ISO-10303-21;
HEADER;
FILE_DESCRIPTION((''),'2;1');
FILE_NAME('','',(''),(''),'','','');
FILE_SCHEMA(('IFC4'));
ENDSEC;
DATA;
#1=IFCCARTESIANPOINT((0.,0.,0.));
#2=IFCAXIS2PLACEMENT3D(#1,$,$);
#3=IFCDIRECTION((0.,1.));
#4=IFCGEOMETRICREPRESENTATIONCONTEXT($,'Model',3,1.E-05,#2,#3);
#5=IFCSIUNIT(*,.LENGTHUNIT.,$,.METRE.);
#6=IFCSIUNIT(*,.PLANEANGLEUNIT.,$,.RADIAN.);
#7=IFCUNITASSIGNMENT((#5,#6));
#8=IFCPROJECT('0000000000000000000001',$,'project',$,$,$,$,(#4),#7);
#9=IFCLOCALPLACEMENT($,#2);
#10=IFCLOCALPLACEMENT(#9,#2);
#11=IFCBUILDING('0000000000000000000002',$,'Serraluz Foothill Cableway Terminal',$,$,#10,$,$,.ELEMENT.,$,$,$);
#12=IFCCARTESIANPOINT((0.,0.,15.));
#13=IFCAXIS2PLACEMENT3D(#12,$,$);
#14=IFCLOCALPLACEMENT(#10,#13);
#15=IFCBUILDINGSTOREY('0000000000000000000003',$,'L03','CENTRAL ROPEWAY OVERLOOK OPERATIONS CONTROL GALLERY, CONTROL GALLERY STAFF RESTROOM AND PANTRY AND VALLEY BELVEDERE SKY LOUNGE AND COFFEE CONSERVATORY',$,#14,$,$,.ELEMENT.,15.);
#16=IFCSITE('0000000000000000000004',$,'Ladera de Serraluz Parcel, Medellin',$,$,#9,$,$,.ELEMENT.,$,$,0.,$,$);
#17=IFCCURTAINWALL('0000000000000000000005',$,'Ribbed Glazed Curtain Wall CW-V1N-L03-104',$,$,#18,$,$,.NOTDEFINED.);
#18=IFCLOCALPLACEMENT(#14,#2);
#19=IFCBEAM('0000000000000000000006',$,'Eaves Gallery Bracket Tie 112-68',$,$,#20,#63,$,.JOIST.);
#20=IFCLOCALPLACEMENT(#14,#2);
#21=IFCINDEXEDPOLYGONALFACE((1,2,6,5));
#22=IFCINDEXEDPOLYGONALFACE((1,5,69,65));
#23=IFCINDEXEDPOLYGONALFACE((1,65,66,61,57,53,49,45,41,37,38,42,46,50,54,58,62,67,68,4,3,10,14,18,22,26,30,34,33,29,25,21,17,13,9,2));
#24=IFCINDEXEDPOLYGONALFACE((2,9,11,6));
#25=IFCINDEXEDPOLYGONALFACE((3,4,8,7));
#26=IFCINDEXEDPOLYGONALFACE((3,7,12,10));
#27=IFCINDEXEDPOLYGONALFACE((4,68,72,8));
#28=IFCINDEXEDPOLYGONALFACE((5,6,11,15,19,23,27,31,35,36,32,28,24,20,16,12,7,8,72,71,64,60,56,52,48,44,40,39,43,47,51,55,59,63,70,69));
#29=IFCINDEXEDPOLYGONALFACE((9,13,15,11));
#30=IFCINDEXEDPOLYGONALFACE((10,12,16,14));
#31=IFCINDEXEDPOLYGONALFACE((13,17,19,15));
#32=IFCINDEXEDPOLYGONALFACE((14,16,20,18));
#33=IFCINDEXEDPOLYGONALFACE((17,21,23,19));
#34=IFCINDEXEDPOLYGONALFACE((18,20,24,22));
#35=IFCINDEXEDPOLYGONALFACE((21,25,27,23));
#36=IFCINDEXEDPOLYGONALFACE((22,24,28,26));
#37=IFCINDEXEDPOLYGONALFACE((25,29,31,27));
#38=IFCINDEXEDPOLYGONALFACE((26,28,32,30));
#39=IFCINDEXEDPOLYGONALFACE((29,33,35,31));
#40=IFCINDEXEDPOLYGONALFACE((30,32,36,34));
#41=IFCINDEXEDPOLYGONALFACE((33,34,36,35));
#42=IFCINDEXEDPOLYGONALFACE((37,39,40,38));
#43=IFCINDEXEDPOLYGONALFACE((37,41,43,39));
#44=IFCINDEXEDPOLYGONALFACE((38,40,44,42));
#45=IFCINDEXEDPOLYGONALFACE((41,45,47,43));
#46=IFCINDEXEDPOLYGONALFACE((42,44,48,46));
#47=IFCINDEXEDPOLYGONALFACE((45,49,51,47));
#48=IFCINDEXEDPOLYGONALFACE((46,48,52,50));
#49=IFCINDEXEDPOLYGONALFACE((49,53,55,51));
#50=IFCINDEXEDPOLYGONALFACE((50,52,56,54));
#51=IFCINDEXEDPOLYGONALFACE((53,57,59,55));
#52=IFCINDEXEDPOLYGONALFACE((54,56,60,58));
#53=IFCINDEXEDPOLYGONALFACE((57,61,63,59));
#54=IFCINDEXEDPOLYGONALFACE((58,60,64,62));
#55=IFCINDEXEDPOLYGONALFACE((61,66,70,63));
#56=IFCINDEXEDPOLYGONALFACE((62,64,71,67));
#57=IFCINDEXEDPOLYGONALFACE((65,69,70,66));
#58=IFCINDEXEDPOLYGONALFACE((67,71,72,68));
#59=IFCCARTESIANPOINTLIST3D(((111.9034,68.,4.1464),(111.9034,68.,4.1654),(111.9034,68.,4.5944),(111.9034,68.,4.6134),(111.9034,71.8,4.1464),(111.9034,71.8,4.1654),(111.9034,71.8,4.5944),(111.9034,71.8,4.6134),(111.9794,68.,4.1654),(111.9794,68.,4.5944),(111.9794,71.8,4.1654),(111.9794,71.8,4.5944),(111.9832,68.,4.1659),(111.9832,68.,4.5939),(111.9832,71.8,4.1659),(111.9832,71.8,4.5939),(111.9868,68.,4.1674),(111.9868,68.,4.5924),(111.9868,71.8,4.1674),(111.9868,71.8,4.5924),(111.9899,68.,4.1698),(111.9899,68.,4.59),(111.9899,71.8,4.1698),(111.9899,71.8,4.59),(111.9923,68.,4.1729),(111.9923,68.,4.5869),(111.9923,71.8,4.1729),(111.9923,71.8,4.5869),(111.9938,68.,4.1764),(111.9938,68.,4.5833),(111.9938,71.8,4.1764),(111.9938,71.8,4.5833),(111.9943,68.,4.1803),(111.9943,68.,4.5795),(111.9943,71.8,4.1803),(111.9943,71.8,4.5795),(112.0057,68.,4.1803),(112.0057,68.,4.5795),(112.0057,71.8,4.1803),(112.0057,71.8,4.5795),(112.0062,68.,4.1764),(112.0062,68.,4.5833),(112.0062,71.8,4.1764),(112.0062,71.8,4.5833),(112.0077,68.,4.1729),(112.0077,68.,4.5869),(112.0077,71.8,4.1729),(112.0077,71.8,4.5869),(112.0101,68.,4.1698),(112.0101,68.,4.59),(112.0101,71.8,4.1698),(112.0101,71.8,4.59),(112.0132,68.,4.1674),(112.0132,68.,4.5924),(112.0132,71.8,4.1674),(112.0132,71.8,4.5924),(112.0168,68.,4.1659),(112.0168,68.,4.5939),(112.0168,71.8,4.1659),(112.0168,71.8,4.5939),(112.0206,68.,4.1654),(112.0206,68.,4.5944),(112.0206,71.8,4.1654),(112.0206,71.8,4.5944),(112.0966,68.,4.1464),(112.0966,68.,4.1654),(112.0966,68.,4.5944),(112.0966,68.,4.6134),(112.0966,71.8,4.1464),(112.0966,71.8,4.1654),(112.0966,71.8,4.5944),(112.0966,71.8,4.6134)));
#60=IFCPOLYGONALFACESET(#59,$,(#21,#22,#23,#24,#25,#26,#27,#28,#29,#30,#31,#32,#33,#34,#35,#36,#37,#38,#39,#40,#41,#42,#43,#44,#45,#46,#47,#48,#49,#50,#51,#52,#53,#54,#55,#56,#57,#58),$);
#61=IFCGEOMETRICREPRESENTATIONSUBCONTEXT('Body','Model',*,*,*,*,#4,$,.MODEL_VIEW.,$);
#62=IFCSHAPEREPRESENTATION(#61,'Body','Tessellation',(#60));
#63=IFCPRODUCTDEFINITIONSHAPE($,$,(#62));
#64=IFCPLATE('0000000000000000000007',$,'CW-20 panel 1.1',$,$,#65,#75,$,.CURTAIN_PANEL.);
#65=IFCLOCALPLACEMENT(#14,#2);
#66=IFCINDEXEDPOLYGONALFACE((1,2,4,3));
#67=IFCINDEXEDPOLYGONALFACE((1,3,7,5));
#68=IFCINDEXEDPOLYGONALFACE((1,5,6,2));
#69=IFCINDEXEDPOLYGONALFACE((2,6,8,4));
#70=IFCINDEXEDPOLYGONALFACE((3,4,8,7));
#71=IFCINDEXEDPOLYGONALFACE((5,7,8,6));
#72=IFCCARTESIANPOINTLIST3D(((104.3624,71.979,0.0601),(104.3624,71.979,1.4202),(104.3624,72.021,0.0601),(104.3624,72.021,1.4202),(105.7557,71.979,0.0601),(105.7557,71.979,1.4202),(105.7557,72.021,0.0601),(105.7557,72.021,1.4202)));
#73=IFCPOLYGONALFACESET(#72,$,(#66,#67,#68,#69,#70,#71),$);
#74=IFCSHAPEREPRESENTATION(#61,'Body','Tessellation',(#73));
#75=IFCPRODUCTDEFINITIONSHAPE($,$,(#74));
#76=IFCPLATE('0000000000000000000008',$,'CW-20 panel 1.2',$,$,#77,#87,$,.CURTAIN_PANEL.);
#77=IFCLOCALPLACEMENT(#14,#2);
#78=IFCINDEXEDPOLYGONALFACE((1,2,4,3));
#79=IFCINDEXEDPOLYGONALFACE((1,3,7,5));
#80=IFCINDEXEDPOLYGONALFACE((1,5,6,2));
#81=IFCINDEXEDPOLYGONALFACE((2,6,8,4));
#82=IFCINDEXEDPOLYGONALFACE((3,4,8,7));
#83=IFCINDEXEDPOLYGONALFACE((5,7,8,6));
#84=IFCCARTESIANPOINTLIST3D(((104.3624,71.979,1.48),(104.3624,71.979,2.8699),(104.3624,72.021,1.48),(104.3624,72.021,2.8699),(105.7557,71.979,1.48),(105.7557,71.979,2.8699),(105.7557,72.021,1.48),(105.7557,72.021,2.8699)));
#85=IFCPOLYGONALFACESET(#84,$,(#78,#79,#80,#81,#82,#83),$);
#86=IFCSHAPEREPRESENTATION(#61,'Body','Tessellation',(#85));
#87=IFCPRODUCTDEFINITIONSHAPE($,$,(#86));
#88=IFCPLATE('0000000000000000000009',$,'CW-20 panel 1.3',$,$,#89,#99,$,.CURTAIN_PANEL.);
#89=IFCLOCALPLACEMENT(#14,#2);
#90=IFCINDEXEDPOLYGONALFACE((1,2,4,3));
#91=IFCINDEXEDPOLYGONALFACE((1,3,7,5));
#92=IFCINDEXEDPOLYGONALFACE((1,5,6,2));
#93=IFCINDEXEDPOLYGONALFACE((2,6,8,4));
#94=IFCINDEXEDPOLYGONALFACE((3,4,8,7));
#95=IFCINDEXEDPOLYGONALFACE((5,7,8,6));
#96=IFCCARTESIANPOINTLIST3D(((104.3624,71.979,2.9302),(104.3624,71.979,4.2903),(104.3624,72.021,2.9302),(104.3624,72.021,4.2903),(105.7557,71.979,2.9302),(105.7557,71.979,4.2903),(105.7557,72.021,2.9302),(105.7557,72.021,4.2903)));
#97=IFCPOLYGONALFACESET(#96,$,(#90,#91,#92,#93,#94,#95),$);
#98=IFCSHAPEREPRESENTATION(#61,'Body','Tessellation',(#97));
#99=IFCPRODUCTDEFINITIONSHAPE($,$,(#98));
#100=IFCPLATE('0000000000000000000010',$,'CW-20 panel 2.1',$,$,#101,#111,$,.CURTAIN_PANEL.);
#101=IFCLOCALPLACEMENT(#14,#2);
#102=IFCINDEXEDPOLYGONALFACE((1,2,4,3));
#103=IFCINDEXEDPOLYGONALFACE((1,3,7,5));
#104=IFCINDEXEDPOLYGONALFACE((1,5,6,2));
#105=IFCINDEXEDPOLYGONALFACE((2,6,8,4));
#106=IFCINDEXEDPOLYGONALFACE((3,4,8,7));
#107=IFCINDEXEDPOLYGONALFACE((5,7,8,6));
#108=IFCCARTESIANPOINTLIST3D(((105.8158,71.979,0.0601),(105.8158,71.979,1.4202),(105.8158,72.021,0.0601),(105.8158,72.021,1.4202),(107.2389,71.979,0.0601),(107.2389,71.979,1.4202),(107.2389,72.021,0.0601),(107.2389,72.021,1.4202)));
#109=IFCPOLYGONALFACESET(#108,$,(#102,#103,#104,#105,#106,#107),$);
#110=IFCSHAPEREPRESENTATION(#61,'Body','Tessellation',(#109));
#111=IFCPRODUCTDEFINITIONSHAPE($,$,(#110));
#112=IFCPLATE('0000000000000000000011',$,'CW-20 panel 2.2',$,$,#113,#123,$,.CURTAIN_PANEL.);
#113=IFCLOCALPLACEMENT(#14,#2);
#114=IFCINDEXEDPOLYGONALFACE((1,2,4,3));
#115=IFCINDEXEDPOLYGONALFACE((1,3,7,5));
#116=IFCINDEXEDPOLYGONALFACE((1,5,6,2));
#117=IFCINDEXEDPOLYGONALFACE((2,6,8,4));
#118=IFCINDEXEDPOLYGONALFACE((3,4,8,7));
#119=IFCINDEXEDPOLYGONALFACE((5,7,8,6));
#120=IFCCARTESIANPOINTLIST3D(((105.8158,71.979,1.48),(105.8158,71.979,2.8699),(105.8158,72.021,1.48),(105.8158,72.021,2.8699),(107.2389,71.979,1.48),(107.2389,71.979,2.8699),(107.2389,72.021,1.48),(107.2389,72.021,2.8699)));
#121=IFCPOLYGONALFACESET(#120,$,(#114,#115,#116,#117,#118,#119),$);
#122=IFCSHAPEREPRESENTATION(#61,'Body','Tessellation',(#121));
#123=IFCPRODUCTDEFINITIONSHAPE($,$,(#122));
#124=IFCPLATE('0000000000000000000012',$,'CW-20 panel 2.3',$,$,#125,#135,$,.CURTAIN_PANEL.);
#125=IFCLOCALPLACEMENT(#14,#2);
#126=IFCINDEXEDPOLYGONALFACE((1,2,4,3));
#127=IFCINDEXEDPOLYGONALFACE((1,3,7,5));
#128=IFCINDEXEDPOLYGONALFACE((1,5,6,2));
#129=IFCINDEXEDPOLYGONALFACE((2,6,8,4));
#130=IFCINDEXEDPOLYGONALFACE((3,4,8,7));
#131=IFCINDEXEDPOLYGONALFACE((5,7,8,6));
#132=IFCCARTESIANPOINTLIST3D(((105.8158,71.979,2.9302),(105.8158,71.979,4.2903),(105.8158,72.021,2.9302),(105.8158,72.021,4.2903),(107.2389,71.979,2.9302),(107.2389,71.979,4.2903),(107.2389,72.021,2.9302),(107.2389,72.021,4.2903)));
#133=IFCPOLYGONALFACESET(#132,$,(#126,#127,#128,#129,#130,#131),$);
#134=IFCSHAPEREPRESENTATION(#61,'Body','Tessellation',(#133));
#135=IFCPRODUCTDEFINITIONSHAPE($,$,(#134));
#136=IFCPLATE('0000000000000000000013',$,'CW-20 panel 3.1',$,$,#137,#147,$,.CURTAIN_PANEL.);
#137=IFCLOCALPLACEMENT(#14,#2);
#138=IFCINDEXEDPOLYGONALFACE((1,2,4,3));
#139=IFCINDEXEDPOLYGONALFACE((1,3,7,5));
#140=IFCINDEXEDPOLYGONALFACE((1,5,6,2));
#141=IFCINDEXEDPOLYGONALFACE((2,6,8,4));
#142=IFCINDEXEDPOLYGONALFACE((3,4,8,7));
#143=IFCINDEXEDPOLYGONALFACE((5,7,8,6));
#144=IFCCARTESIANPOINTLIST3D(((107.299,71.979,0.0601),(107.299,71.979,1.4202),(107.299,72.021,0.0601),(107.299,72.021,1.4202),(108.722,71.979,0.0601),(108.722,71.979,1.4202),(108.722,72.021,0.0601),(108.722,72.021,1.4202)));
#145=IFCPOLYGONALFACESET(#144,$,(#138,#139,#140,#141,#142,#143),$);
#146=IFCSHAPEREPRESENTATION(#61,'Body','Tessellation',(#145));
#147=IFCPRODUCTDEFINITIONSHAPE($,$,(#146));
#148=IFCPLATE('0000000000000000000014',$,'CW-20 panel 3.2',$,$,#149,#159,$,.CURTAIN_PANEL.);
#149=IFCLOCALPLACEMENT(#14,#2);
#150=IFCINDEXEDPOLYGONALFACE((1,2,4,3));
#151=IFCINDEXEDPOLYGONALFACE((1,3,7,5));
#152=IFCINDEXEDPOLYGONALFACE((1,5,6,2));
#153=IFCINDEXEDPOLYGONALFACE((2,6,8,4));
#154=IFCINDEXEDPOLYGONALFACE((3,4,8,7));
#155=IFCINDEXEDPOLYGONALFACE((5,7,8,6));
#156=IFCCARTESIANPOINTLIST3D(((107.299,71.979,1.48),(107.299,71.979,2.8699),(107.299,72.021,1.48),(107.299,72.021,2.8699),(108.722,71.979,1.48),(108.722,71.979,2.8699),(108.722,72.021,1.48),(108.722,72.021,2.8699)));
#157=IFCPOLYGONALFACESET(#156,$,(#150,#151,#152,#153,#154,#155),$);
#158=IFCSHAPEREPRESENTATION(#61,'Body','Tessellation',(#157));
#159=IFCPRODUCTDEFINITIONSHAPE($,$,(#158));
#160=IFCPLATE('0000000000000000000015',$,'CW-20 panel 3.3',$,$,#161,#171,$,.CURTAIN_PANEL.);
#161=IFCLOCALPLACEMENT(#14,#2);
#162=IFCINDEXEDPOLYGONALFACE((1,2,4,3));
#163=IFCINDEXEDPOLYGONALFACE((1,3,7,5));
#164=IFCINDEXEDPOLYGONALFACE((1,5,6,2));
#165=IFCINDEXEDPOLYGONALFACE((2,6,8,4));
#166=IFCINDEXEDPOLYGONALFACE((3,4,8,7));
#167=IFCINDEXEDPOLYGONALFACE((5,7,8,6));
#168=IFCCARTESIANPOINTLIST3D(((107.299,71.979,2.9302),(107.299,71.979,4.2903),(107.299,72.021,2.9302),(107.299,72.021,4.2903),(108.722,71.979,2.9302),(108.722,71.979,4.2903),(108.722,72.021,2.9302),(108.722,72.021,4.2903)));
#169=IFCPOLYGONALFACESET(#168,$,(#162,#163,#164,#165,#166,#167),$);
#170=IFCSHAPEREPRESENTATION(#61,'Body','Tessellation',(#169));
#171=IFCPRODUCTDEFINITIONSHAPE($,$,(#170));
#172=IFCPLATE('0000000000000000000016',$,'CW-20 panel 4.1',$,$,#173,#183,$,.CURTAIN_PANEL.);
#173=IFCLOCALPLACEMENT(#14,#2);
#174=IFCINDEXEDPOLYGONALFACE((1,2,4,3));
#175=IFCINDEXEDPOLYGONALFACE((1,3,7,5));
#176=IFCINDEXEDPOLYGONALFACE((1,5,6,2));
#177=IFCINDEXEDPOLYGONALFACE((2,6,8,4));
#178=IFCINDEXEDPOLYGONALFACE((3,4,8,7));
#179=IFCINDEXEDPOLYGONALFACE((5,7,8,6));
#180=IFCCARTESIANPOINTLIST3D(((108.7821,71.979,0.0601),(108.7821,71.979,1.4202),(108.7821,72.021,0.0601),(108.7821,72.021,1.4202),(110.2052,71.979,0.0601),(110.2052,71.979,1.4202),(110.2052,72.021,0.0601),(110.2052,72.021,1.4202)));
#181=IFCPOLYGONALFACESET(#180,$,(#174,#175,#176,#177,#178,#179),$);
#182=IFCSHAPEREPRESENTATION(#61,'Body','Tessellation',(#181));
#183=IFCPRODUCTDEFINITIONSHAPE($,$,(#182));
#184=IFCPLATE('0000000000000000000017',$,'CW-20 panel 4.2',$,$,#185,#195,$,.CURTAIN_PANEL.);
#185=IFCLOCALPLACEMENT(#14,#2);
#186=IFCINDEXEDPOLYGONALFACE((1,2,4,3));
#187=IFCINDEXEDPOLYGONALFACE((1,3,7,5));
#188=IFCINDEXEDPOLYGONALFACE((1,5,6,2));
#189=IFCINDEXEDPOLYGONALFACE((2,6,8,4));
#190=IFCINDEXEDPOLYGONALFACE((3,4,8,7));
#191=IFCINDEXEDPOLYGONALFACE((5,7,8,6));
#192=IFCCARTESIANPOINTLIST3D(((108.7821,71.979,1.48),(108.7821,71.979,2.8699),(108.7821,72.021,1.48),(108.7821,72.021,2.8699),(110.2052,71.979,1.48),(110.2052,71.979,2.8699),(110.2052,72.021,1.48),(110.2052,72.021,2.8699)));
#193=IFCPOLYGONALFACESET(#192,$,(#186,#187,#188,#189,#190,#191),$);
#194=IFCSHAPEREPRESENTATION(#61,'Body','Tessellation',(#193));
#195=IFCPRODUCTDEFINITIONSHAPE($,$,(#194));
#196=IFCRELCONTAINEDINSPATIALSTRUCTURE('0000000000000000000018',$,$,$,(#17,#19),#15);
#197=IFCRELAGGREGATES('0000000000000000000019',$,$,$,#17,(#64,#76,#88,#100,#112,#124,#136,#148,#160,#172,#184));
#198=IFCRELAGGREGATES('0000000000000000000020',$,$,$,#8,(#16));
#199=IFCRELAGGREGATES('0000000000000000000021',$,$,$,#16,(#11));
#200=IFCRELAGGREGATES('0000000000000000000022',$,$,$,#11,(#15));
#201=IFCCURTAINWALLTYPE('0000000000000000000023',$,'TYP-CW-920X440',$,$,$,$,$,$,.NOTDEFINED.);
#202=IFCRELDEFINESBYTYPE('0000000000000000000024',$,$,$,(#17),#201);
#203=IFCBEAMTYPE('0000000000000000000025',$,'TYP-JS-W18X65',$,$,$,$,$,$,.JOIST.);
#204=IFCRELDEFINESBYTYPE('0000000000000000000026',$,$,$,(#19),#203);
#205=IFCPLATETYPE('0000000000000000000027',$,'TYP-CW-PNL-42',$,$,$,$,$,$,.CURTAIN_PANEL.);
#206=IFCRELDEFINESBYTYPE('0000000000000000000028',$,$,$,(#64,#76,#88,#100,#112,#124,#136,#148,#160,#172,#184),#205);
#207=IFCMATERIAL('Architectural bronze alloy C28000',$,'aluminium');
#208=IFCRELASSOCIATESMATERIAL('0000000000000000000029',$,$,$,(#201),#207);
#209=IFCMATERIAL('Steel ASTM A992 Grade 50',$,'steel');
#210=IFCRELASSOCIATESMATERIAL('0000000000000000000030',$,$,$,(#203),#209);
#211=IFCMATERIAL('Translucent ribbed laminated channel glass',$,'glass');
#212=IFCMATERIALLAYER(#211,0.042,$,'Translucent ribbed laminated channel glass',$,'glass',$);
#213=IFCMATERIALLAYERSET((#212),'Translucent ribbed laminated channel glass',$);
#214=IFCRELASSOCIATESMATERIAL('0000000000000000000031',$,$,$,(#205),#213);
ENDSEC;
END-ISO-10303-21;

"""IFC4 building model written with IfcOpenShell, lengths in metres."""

from ifc_helpers import new_model, si_unit, direction, frame, origin, origin_2d, place, context, subcontext, project, spatial, rectangle, i_section, extrude, material, layer, layer_set, material_profile, profile_set, type_object, element, aggregate, save


model = new_model("IFC4")

# Units and contexts
model_context = context("Model", 3, precision=1e-05, world=origin(), true_north=direction((0.0, 1.0)))
body_context = subcontext(model_context, "Body", "Model", "MODEL_VIEW")
ifc_project = project(units=[si_unit("LENGTHUNIT", "METRE"), si_unit("PLANEANGLEUNIT", "RADIAN")], contexts=[model_context])

# Site, building, storey
site_placement = place(None, origin())
site = spatial("IfcSite", under=ifc_project, at=site_placement, Name="Ladera de Serraluz Parcel, Medellin", CompositionType="ELEMENT", RefElevation=0.0)
building_placement = place(site_placement, origin())
building = spatial("IfcBuilding", under=site, at=building_placement, Name="Serraluz Foothill Cableway Terminal", CompositionType="ELEMENT")
storey_placement = place(building_placement, frame((0.0, 0.0, 15.0)))
storey = spatial("IfcBuildingStorey", under=building, at=storey_placement, Name="L03", Description="CENTRAL ROPEWAY OVERLOOK OPERATIONS CONTROL GALLERY, CONTROL GALLERY STAFF RESTROOM AND PANTRY AND VALLEY BELVEDERE SKY LOUNGE AND COFFEE CONSERVATORY", CompositionType="ELEMENT", Elevation=15.0)

# Curtain wall
ifc_material_1 = material(Name="Architectural bronze alloy C28000", Category="aluminium")
curtain_wall_type = type_object("IfcCurtainWallType", Name="TYP-CW-920X440", PredefinedType="NOTDEFINED", material=ifc_material_1)
curtain_wall_placement = place(storey_placement, origin())
curtain_wall = element("IfcCurtainWall", 1, at=curtain_wall_placement, inside=storey, type_object=curtain_wall_type, Name="Ribbed Glazed Curtain Wall CW-V1N-L03-104", PredefinedType="NOTDEFINED")

# Beam
ifc_material_2 = material(Name="Steel ASTM A992 Grade 50", Category="steel")
ifc_material_profile_1 = material_profile(ifc_material_2, i_section(OverallWidth=0.1931, OverallDepth=0.467, WebThickness=0.0115, FlangeThickness=0.019, FilletRadius=0.0149, at=origin_2d()), Name="W18X65")
ifc_profile_set_1 = profile_set([ifc_material_profile_1], Name="Steel ASTM A992 Grade 50")
beam_type_1 = type_object("IfcBeamType", Name="TYP-JS-W18X65", PredefinedType="JOIST", material=ifc_profile_set_1)
beam_placement = place(storey_placement, frame((112.0, 68.0, 4.3799), z_axis=(0.0, 1.0, 0.0), x_axis=(-1.0, 0.0, 0.0)))
element("IfcBeam", 2, at=beam_placement, inside=storey, type_object=beam_type_1, Name="Eaves Gallery Bracket Tie 112-68", PredefinedType="JOIST", context=body_context, shape_type="SweptSolid", body=[
    extrude(i_section(OverallWidth=0.1931, OverallDepth=0.467, WebThickness=0.0115, FlangeThickness=0.019, FilletRadius=0.0149, at=origin_2d()), origin(), (0.0, 0.0, 1.0), 3.8),
])

# Plates
ifc_material_3 = material(Name="Translucent ribbed laminated channel glass", Category="glass")
ifc_layer = layer(ifc_material_3, 0.042, Name="Translucent ribbed laminated channel glass", Category="glass")
ifc_layer_set = layer_set([ifc_layer], Name="Translucent ribbed laminated channel glass")
plate_type = type_object("IfcPlateType", Name="TYP-CW-PNL-42", PredefinedType="CURTAIN_PANEL", material=ifc_layer_set)
plate_1_placement = place(storey_placement, frame((105.0591, 72.0, 0.0601), z_axis=(0.0, 0.0, 1.0), x_axis=(1.0, 0.0, 0.0)))
plate_1 = element("IfcPlate", 3, at=plate_1_placement, type_object=plate_type, Name="CW-20 panel 1.1", PredefinedType="CURTAIN_PANEL", context=body_context, shape_type="SweptSolid", body=[
    extrude(rectangle(XDim=1.3933, YDim=0.042, at=origin_2d()), origin(), (0.0, 0.0, 1.0), 1.3601),
])
plate_2_placement = place(storey_placement, frame((105.0591, 72.0, 1.48), z_axis=(0.0, 0.0, 1.0), x_axis=(1.0, 0.0, 0.0)))
plate_2 = element("IfcPlate", 4, at=plate_2_placement, type_object=plate_type, Name="CW-20 panel 1.2", PredefinedType="CURTAIN_PANEL", context=body_context, shape_type="SweptSolid", body=[
    extrude(rectangle(XDim=1.3933, YDim=0.042, at=origin_2d()), origin(), (0.0, 0.0, 1.0), 1.3899),
])
plate_3_placement = place(storey_placement, frame((105.0591, 72.0, 2.9302), z_axis=(0.0, 0.0, 1.0), x_axis=(1.0, 0.0, 0.0)))
plate_3 = element("IfcPlate", 5, at=plate_3_placement, type_object=plate_type, Name="CW-20 panel 1.3", PredefinedType="CURTAIN_PANEL", context=body_context, shape_type="SweptSolid", body=[
    extrude(rectangle(XDim=1.3933, YDim=0.042, at=origin_2d()), origin(), (0.0, 0.0, 1.0), 1.3601),
])
plate_4_placement = place(storey_placement, frame((106.5273, 72.0, 0.0601), z_axis=(0.0, 0.0, 1.0), x_axis=(1.0, 0.0, 0.0)))
plate_4 = element("IfcPlate", 6, at=plate_4_placement, type_object=plate_type, Name="CW-20 panel 2.1", PredefinedType="CURTAIN_PANEL", context=body_context, shape_type="SweptSolid", body=[
    extrude(rectangle(XDim=1.4231, YDim=0.042, at=origin_2d()), origin(), (0.0, 0.0, 1.0), 1.3601),
])
plate_5_placement = place(storey_placement, frame((106.5273, 72.0, 1.48), z_axis=(0.0, 0.0, 1.0), x_axis=(1.0, 0.0, 0.0)))
plate_5 = element("IfcPlate", 7, at=plate_5_placement, type_object=plate_type, Name="CW-20 panel 2.2", PredefinedType="CURTAIN_PANEL", context=body_context, shape_type="SweptSolid", body=[
    extrude(rectangle(XDim=1.4231, YDim=0.042, at=origin_2d()), origin(), (0.0, 0.0, 1.0), 1.3899),
])
plate_6_placement = place(storey_placement, frame((106.5273, 72.0, 2.9302), z_axis=(0.0, 0.0, 1.0), x_axis=(1.0, 0.0, 0.0)))
plate_6 = element("IfcPlate", 8, at=plate_6_placement, type_object=plate_type, Name="CW-20 panel 2.3", PredefinedType="CURTAIN_PANEL", context=body_context, shape_type="SweptSolid", body=[
    extrude(rectangle(XDim=1.4231, YDim=0.042, at=origin_2d()), origin(), (0.0, 0.0, 1.0), 1.3601),
])
plate_7_placement = place(storey_placement, frame((108.0105, 72.0, 0.0601), z_axis=(0.0, 0.0, 1.0), x_axis=(1.0, 0.0, 0.0)))
plate_7 = element("IfcPlate", 9, at=plate_7_placement, type_object=plate_type, Name="CW-20 panel 3.1", PredefinedType="CURTAIN_PANEL", context=body_context, shape_type="SweptSolid", body=[
    extrude(rectangle(XDim=1.4231, YDim=0.042, at=origin_2d()), origin(), (0.0, 0.0, 1.0), 1.3601),
])
plate_8_placement = place(storey_placement, frame((108.0105, 72.0, 1.48), z_axis=(0.0, 0.0, 1.0), x_axis=(1.0, 0.0, 0.0)))
plate_8 = element("IfcPlate", 10, at=plate_8_placement, type_object=plate_type, Name="CW-20 panel 3.2", PredefinedType="CURTAIN_PANEL", context=body_context, shape_type="SweptSolid", body=[
    extrude(rectangle(XDim=1.4231, YDim=0.042, at=origin_2d()), origin(), (0.0, 0.0, 1.0), 1.3899),
])
plate_9_placement = place(storey_placement, frame((108.0105, 72.0, 2.9302), z_axis=(0.0, 0.0, 1.0), x_axis=(1.0, 0.0, 0.0)))
plate_9 = element("IfcPlate", 11, at=plate_9_placement, type_object=plate_type, Name="CW-20 panel 3.3", PredefinedType="CURTAIN_PANEL", context=body_context, shape_type="SweptSolid", body=[
    extrude(rectangle(XDim=1.4231, YDim=0.042, at=origin_2d()), origin(), (0.0, 0.0, 1.0), 1.3601),
])
plate_10_placement = place(storey_placement, frame((109.4937, 72.0, 0.0601), z_axis=(0.0, 0.0, 1.0), x_axis=(1.0, 0.0, 0.0)))
plate_10 = element("IfcPlate", 12, at=plate_10_placement, type_object=plate_type, Name="CW-20 panel 4.1", PredefinedType="CURTAIN_PANEL", context=body_context, shape_type="SweptSolid", body=[
    extrude(rectangle(XDim=1.4231, YDim=0.042, at=origin_2d()), origin(), (0.0, 0.0, 1.0), 1.3601),
])
plate_11_placement = place(storey_placement, frame((109.4937, 72.0, 1.48), z_axis=(0.0, 0.0, 1.0), x_axis=(1.0, 0.0, 0.0)))
plate_11 = element("IfcPlate", 13, at=plate_11_placement, type_object=plate_type, Name="CW-20 panel 4.2", PredefinedType="CURTAIN_PANEL", context=body_context, shape_type="SweptSolid", body=[
    extrude(rectangle(XDim=1.4231, YDim=0.042, at=origin_2d()), origin(), (0.0, 0.0, 1.0), 1.3899),
])
aggregate(curtain_wall, [plate_1, plate_2, plate_3, plate_4, plate_5, plate_6, plate_7, plate_8, plate_9, plate_10, plate_11])

save(model, "model.ifc")
